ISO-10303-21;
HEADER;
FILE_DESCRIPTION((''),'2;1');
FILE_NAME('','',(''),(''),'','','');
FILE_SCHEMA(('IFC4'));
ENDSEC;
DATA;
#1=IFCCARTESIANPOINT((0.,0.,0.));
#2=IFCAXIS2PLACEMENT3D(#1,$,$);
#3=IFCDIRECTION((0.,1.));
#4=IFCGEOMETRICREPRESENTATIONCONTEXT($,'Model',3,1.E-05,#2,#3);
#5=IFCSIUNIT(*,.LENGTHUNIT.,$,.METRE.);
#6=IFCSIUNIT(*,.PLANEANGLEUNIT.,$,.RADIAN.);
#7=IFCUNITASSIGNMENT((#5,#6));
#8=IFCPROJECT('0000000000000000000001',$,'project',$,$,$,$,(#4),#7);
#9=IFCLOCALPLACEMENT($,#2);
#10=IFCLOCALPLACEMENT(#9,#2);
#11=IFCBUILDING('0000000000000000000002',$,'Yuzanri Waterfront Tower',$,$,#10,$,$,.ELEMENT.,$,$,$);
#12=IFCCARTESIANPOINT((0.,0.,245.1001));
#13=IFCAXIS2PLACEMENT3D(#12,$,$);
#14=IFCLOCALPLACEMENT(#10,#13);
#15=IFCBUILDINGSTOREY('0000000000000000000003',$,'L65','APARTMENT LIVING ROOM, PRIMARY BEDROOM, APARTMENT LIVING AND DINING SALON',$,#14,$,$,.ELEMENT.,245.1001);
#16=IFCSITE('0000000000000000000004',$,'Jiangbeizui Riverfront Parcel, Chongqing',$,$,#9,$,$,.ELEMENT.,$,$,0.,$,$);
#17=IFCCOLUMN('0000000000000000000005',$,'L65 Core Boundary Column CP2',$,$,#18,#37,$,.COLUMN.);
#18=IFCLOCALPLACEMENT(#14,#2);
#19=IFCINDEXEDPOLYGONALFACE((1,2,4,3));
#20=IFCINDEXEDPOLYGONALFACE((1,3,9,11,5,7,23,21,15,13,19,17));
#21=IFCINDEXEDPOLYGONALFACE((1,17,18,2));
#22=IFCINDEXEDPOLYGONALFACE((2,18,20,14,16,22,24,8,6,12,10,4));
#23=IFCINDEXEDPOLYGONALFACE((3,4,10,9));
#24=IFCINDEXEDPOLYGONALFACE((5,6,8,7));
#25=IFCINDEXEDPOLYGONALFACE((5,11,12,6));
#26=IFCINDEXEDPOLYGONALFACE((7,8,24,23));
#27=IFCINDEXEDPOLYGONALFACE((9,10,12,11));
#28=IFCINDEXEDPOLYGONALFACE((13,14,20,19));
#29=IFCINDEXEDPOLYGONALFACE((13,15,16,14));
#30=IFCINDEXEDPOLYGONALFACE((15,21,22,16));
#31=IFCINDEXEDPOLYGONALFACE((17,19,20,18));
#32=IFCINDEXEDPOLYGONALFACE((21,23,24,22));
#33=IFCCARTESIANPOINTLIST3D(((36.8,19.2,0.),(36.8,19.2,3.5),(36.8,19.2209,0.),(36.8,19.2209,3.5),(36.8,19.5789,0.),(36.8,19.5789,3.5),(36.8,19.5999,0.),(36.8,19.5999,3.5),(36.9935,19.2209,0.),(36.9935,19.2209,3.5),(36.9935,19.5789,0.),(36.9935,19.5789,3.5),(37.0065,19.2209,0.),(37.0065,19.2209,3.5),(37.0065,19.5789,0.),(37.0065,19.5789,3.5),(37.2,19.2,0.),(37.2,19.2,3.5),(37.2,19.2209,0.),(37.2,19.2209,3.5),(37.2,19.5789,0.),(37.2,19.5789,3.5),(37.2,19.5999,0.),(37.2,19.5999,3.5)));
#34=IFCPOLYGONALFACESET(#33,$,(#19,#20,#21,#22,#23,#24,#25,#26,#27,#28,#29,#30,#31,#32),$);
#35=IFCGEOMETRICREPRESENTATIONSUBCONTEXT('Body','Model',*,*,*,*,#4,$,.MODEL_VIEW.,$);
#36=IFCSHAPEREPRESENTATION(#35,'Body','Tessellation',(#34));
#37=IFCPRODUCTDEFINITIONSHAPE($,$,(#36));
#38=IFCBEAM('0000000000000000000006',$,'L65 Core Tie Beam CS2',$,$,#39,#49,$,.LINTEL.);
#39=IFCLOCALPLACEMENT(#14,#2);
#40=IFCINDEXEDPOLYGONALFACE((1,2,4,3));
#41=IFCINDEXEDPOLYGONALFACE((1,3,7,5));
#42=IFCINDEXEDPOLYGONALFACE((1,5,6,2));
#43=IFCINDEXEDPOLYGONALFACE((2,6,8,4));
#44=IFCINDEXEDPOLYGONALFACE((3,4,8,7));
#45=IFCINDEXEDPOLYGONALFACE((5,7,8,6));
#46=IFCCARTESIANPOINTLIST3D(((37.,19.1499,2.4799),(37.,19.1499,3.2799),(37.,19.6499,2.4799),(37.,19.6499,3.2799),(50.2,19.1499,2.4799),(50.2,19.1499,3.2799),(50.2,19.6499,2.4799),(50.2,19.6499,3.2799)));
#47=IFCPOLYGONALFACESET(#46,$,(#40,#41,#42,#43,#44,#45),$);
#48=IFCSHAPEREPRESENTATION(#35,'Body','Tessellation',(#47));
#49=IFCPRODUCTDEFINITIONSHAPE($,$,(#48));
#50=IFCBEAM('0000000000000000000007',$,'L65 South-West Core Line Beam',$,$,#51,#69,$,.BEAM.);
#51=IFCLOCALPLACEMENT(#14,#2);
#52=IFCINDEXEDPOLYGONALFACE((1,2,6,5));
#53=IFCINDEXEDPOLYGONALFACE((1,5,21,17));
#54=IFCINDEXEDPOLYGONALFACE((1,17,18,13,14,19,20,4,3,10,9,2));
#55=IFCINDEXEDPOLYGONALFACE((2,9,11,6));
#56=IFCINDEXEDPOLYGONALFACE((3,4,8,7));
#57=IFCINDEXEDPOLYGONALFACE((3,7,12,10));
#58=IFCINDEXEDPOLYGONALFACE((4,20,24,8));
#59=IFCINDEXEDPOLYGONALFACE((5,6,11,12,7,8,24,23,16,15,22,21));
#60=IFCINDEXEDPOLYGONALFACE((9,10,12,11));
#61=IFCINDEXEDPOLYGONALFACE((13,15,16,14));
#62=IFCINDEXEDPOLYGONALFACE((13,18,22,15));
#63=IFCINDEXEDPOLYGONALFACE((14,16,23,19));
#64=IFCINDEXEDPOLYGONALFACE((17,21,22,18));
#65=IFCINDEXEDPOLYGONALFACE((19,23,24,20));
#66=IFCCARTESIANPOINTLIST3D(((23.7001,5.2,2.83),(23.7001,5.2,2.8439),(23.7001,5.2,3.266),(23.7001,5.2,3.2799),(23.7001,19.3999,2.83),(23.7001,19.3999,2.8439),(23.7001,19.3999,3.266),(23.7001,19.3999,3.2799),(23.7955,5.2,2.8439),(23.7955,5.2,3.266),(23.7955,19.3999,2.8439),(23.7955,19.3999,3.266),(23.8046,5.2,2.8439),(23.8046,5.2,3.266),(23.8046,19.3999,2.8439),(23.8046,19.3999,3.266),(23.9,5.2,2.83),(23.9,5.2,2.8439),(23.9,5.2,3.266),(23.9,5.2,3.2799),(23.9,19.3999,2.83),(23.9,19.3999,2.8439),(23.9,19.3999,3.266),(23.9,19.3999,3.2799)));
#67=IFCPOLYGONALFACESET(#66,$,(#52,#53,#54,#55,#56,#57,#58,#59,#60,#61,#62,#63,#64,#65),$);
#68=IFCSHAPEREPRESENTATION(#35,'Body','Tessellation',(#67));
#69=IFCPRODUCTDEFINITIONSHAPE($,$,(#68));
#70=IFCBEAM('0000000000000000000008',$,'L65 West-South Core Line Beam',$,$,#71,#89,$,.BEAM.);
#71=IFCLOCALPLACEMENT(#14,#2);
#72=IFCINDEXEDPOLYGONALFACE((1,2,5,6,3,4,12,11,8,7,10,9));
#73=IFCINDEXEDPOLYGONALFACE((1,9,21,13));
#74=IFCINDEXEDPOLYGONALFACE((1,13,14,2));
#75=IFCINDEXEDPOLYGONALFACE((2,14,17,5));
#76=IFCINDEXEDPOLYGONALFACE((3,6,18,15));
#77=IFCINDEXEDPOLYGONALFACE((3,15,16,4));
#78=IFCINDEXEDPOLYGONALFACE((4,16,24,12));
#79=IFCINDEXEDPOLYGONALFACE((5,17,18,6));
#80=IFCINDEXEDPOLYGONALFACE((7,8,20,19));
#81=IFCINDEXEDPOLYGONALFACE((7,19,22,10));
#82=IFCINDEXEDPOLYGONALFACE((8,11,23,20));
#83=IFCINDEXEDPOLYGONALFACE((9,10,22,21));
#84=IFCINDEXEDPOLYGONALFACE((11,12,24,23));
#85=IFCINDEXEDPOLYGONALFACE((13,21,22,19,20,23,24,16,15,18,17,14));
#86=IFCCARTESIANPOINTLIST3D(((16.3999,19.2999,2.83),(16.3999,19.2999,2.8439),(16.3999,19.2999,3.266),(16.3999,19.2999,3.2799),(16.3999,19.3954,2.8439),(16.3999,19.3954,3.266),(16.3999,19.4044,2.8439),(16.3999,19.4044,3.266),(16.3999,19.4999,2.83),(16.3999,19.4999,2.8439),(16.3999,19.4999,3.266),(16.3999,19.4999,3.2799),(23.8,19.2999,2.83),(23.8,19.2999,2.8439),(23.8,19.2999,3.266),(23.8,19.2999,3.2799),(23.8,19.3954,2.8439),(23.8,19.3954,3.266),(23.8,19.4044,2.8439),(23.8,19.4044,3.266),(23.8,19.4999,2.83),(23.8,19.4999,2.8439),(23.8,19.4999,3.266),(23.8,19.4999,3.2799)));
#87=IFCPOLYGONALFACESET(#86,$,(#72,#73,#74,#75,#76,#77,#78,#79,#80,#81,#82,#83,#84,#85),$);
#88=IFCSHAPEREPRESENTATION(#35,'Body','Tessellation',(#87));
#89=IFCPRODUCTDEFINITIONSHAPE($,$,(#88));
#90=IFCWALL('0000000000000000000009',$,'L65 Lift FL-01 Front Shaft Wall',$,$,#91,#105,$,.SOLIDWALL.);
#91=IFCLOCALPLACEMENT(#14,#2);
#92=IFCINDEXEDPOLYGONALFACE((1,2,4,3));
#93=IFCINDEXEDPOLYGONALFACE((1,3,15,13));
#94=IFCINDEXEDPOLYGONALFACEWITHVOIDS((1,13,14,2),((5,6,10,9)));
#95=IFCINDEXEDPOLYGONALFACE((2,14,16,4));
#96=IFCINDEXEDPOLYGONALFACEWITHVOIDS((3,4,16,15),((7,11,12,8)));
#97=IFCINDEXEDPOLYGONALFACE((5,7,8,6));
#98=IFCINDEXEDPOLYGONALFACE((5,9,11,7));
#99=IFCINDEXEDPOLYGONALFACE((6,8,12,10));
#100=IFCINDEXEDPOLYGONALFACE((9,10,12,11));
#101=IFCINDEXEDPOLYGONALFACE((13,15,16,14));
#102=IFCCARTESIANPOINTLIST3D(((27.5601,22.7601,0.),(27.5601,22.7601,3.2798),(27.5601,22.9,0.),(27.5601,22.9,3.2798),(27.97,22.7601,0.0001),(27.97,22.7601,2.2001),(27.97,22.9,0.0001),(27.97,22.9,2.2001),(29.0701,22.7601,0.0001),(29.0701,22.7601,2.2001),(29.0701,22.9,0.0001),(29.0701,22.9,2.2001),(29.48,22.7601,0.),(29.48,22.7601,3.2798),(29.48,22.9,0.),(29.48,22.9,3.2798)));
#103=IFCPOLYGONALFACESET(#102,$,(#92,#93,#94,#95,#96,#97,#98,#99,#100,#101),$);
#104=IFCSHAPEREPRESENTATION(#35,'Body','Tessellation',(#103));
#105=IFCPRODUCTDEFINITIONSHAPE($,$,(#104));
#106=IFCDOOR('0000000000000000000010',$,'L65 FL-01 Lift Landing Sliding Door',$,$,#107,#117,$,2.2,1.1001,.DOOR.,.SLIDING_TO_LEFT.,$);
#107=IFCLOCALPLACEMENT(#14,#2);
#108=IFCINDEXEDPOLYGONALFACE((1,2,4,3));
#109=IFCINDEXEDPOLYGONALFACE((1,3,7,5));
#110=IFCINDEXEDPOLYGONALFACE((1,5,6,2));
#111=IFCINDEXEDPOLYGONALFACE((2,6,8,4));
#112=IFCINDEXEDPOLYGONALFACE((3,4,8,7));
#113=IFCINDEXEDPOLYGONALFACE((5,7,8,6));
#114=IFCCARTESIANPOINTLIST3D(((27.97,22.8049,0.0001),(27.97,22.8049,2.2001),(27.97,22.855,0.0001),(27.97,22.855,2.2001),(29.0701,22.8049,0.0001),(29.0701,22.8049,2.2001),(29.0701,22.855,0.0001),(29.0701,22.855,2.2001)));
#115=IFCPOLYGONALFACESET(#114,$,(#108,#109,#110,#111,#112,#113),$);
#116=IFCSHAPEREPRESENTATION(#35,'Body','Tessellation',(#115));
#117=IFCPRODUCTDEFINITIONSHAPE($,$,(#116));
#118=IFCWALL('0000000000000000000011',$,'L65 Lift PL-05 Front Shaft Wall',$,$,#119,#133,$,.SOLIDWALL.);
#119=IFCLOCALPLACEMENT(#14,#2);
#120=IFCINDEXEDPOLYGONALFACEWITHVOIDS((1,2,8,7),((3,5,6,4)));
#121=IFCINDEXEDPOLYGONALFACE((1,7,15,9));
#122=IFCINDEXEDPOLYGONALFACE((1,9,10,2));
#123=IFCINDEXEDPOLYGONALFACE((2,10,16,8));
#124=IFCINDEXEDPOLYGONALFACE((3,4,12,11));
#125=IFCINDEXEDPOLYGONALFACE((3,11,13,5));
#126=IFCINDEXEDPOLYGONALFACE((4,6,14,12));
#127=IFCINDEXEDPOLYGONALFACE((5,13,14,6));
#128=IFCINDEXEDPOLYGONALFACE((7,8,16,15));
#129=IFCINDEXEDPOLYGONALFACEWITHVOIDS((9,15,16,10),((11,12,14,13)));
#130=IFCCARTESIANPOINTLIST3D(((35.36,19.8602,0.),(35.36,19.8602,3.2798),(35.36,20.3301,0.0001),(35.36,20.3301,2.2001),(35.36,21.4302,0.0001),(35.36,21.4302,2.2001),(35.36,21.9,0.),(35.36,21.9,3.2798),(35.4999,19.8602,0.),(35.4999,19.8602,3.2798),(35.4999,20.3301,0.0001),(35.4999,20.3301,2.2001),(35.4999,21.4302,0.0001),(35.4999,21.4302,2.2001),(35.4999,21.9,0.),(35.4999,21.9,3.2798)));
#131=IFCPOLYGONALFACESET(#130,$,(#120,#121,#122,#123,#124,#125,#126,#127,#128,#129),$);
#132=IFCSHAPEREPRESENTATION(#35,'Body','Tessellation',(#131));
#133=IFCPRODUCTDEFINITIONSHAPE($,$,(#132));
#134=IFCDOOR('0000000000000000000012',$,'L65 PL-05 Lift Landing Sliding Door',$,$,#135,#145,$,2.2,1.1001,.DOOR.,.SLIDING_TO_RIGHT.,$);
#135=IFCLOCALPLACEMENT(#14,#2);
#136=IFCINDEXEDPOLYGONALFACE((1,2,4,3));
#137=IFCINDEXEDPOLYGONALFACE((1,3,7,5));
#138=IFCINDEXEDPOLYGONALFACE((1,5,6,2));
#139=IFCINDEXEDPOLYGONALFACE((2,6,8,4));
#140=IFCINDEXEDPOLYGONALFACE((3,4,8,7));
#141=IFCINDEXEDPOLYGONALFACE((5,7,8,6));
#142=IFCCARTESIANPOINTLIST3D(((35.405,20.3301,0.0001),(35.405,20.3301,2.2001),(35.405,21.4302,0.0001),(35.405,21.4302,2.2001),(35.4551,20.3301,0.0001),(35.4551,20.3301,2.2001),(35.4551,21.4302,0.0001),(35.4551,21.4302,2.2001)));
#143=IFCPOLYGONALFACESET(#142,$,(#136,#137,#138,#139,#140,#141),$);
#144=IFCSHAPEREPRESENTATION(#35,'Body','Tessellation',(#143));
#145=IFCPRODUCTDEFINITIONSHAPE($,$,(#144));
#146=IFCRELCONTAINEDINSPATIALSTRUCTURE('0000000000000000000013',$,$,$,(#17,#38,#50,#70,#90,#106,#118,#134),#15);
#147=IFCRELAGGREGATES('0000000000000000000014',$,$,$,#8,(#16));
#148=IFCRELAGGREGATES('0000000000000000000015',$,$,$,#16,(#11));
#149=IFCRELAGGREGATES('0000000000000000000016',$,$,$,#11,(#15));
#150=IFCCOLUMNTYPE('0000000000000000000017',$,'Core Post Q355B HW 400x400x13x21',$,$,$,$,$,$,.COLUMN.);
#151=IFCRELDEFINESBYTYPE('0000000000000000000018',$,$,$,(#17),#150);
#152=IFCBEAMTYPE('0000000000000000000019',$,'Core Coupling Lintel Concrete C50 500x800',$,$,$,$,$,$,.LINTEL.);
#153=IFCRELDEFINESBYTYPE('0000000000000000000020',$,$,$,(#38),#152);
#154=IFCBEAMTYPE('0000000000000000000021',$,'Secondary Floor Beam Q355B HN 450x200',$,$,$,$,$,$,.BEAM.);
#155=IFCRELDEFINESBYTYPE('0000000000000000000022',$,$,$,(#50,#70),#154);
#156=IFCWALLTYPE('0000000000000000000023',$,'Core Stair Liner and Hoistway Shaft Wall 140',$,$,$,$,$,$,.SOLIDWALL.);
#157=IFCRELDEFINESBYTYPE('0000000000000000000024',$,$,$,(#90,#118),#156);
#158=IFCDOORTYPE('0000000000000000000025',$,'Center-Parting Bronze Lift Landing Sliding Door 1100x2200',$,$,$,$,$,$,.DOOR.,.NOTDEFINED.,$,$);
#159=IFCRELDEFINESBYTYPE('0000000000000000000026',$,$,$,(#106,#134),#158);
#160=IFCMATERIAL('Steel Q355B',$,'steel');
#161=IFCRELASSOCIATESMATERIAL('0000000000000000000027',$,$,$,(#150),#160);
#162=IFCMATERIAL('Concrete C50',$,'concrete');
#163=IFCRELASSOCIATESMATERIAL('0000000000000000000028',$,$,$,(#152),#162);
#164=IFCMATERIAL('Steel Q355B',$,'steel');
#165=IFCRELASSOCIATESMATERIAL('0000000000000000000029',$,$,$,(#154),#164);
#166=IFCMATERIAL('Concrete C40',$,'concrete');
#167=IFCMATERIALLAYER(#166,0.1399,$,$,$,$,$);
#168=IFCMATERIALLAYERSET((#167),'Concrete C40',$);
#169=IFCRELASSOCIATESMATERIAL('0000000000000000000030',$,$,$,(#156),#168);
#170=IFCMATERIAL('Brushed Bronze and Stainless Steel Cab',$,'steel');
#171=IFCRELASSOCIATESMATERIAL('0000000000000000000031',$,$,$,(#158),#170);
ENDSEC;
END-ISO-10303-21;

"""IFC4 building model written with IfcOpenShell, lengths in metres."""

from ifc_helpers import new_model, si_unit, direction, frame, frame_2d, origin, origin_2d, place, context, subcontext, project, spatial, rectangle, i_section, extrude, source, transform, mapped, material, layer, layer_set, material_profile, profile_set, type_object, element, fill, save


model = new_model("IFC4")

# Units and contexts
model_context = context("Model", 3, precision=1e-05, world=origin(), true_north=direction((0.0, 1.0)))
body_context = subcontext(model_context, "Body", "Model", "MODEL_VIEW")
ifc_project = project(units=[si_unit("LENGTHUNIT", "METRE"), si_unit("PLANEANGLEUNIT", "RADIAN")], contexts=[model_context])

# Site, building, storey
site_placement = place(None, origin())
site = spatial("IfcSite", under=ifc_project, at=site_placement, Name="Jiangbeizui Riverfront Parcel, Chongqing", CompositionType="ELEMENT", RefElevation=0.0)
building_placement = place(site_placement, origin())
building = spatial("IfcBuilding", under=site, at=building_placement, Name="Yuzanri Waterfront Tower", CompositionType="ELEMENT")
storey_placement = place(building_placement, frame((0.0, 0.0, 245.1001)))
storey = spatial("IfcBuildingStorey", under=building, at=storey_placement, Name="L65", Description="APARTMENT LIVING ROOM, PRIMARY BEDROOM, APARTMENT LIVING AND DINING SALON", CompositionType="ELEMENT", Elevation=245.1001)

# Column
ifc_material_1 = material(Name="Steel Q355B", Category="steel")
ifc_material_profile_1 = material_profile(ifc_material_1, i_section(OverallWidth=0.3999, OverallDepth=0.3999, WebThickness=0.0129, FlangeThickness=0.021, at=origin_2d()), Name="HW 400x400x13x21")
ifc_profile_set_1 = profile_set([ifc_material_profile_1], Name="Steel Q355B")
column_type = type_object("IfcColumnType", Name="Core Post Q355B HW 400x400x13x21", PredefinedType="COLUMN", material=ifc_profile_set_1)
shared_shape_1 = source(origin(), body_context, "Body", "SweptSolid", [
    extrude(i_section(OverallWidth=0.3999, OverallDepth=0.3999, WebThickness=0.0129, FlangeThickness=0.021, at=origin_2d()), origin(), (0.0, 0.0, 1.0), 3.5),
])
column_placement = place(storey_placement, frame((37.0, 19.3999, 0.0), z_axis=(0.0, 0.0, 1.0), x_axis=(1.0, 0.0, 0.0)))
element("IfcColumn", 1, at=column_placement, inside=storey, type_object=column_type, Name="L65 Core Boundary Column CP2", PredefinedType="COLUMN", context=body_context, shape_type="MappedRepresentation", body=[
    mapped(shared_shape_1, transform((0.0, 0.0, 0.0), scale=1.0)),
])

# Beams
ifc_material_2 = material(Name="Concrete C50", Category="concrete")
ifc_material_profile_2 = material_profile(ifc_material_2, rectangle(XDim=0.5, YDim=0.8, at=origin_2d()), Name="RC 500x800")
ifc_profile_set_2 = profile_set([ifc_material_profile_2], Name="Concrete C50")
beam_type_1 = type_object("IfcBeamType", Name="Core Coupling Lintel Concrete C50 500x800", PredefinedType="LINTEL", material=ifc_profile_set_2)
shared_shape_2 = source(origin(), body_context, "Body", "SweptSolid", [
    extrude(rectangle(XDim=0.5, YDim=0.8, at=origin_2d()), origin(), (0.0, 0.0, 1.0), 13.2),
])
beam_1_placement = place(storey_placement, frame((37.0, 19.3999, 2.8799), z_axis=(1.0, 0.0, 0.0), x_axis=(0.0, 1.0, 0.0)))
element("IfcBeam", 2, at=beam_1_placement, inside=storey, type_object=beam_type_1, Name="L65 Core Tie Beam CS2", PredefinedType="LINTEL", context=body_context, shape_type="MappedRepresentation", body=[
    mapped(shared_shape_2, transform((0.0, 0.0, 0.0), scale=1.0)),
])
ifc_material_3 = material(Name="Steel Q355B", Category="steel")
ifc_material_profile_3 = material_profile(ifc_material_3, i_section(OverallWidth=0.2, OverallDepth=0.45, WebThickness=0.009, FlangeThickness=0.0139, at=origin_2d()), Name="HN 450x200x9x14")
ifc_profile_set_3 = profile_set([ifc_material_profile_3], Name="Steel Q355B")
beam_type_2 = type_object("IfcBeamType", Name="Secondary Floor Beam Q355B HN 450x200", PredefinedType="BEAM", material=ifc_profile_set_3)
shared_shape_3 = source(origin(), body_context, "Body", "SweptSolid", [
    extrude(i_section(OverallWidth=0.2, OverallDepth=0.45, WebThickness=0.009, FlangeThickness=0.0139, at=origin_2d()), origin(), (0.0, 0.0, 1.0), 14.2),
])
beam_2_placement = place(storey_placement, frame((23.8, 19.3999, 3.0549), z_axis=(0.0, -1.0, 0.0), x_axis=(1.0, 0.0, 0.0)))
element("IfcBeam", 3, at=beam_2_placement, inside=storey, type_object=beam_type_2, Name="L65 South-West Core Line Beam", PredefinedType="BEAM", context=body_context, shape_type="MappedRepresentation", body=[
    mapped(shared_shape_3, transform((0.0, 0.0, 0.0), scale=1.0)),
])
shared_shape_4 = source(origin(), body_context, "Body", "SweptSolid", [
    extrude(i_section(OverallWidth=0.2, OverallDepth=0.45, WebThickness=0.009, FlangeThickness=0.0139, at=origin_2d()), origin(), (0.0, 0.0, 1.0), 7.4001),
])
beam_3_placement = place(storey_placement, frame((23.8, 19.3999, 3.0549), z_axis=(-1.0, 0.0, 0.0), x_axis=(0.0, -1.0, 0.0)))
element("IfcBeam", 4, at=beam_3_placement, inside=storey, type_object=beam_type_2, Name="L65 West-South Core Line Beam", PredefinedType="BEAM", context=body_context, shape_type="MappedRepresentation", body=[
    mapped(shared_shape_4, transform((0.0, 0.0, 0.0), scale=1.0)),
])

# Walls, openings, doors
ifc_material_4 = material(Name="Concrete C40", Category="concrete")
ifc_layer_1 = layer(ifc_material_4, 0.1399)
ifc_layer_set_1 = layer_set([ifc_layer_1], Name="Concrete C40")
wall_type_1 = type_object("IfcWallType", Name="Core Stair Liner and Hoistway Shaft Wall 140", PredefinedType="SOLIDWALL", material=ifc_layer_set_1)
wall_1_placement = place(storey_placement, frame((27.5601, 22.8301, 0.0), z_axis=(0.0, 0.0, 1.0), x_axis=(1.0, 0.0, 0.0)))
wall_1 = element("IfcWall", 5, at=wall_1_placement, inside=storey, type_object=wall_type_1, Name="L65 Lift FL-01 Front Shaft Wall", PredefinedType="SOLIDWALL", context=body_context, shape_type="SweptSolid", body=[
    extrude(rectangle(XDim=1.9199, YDim=0.1399, at=frame_2d((0.96, 0.0))), origin(), (0.0, 0.0, 1.0), 3.2798),
])
opening_1_placement = place(wall_1_placement, frame((0.4099, 0.0, 0.0)))
opening_1 = element("IfcOpeningElement", 6, at=opening_1_placement, cuts=wall_1, PredefinedType="OPENING", context=body_context, shape_type="SweptSolid", body=[
    extrude(rectangle(XDim=1.1001, YDim=2.2, at=frame_2d((0.55, 1.1001))), frame((0.0, 0.085, 0.0), z_axis=(0.0, -1.0, 0.0), x_axis=(1.0, 0.0, 0.0)), (0.0, 0.0, 1.0), 0.1697),
])
ifc_material_5 = material(Name="Brushed Bronze and Stainless Steel Cab", Category="steel")
door_type_1 = type_object("IfcDoorType", Name="Center-Parting Bronze Lift Landing Sliding Door 1100x2200", OperationType="NOTDEFINED", PredefinedType="DOOR", material=ifc_material_5)
shared_shape_5 = source(origin(), body_context, "Body", "SweptSolid", [
    extrude(rectangle(XDim=1.1001, YDim=2.2, at=frame_2d((0.55, 1.1001))), frame((0.0, 0.0249, 0.0), z_axis=(0.0, -1.0, 0.0), x_axis=(1.0, 0.0, 0.0)), (0.0, 0.0, 1.0), 0.05),
])
door_1_placement = place(opening_1_placement, origin())
door_1 = element("IfcDoor", 7, at=door_1_placement, inside=storey, type_object=door_type_1, Name="L65 FL-01 Lift Landing Sliding Door", OperationType="SLIDING_TO_LEFT", OverallHeight=2.2, OverallWidth=1.1001, PredefinedType="DOOR", context=body_context, shape_type="MappedRepresentation", body=[
    mapped(shared_shape_5, transform((0.0, 0.0, 0.0), scale=1.0)),
])
fill(opening_1, door_1)
wall_2_placement = place(storey_placement, frame((35.4299, 19.8601, 0.0), z_axis=(0.0, 0.0, 1.0), x_axis=(0.0, 1.0, 0.0)))
wall_2 = element("IfcWall", 8, at=wall_2_placement, inside=storey, type_object=wall_type_1, Name="L65 Lift PL-05 Front Shaft Wall", PredefinedType="SOLIDWALL", context=body_context, shape_type="SweptSolid", body=[
    extrude(rectangle(XDim=2.0398, YDim=0.1399, at=frame_2d((1.02, 0.0))), origin(), (0.0, 0.0, 1.0), 3.2798),
])
opening_2_placement = place(wall_2_placement, frame((0.47, 0.0, 0.0)))
opening_2 = element("IfcOpeningElement", 9, at=opening_2_placement, cuts=wall_2, PredefinedType="OPENING", context=body_context, shape_type="SweptSolid", body=[
    extrude(rectangle(XDim=1.1001, YDim=2.2, at=frame_2d((0.55, 1.1001))), frame((0.0, 0.085, 0.0), z_axis=(0.0, -1.0, 0.0), x_axis=(1.0, 0.0, 0.0)), (0.0, 0.0, 1.0), 0.1697),
])
door_2_placement = place(opening_2_placement, origin())
door_2 = element("IfcDoor", 10, at=door_2_placement, inside=storey, type_object=door_type_1, Name="L65 PL-05 Lift Landing Sliding Door", OperationType="SLIDING_TO_RIGHT", OverallHeight=2.2, OverallWidth=1.1001, PredefinedType="DOOR", context=body_context, shape_type="MappedRepresentation", body=[
    mapped(shared_shape_5, transform((0.0, 0.0, 0.0), scale=1.0)),
])
fill(opening_2, door_2)

save(model, "model.ifc")
